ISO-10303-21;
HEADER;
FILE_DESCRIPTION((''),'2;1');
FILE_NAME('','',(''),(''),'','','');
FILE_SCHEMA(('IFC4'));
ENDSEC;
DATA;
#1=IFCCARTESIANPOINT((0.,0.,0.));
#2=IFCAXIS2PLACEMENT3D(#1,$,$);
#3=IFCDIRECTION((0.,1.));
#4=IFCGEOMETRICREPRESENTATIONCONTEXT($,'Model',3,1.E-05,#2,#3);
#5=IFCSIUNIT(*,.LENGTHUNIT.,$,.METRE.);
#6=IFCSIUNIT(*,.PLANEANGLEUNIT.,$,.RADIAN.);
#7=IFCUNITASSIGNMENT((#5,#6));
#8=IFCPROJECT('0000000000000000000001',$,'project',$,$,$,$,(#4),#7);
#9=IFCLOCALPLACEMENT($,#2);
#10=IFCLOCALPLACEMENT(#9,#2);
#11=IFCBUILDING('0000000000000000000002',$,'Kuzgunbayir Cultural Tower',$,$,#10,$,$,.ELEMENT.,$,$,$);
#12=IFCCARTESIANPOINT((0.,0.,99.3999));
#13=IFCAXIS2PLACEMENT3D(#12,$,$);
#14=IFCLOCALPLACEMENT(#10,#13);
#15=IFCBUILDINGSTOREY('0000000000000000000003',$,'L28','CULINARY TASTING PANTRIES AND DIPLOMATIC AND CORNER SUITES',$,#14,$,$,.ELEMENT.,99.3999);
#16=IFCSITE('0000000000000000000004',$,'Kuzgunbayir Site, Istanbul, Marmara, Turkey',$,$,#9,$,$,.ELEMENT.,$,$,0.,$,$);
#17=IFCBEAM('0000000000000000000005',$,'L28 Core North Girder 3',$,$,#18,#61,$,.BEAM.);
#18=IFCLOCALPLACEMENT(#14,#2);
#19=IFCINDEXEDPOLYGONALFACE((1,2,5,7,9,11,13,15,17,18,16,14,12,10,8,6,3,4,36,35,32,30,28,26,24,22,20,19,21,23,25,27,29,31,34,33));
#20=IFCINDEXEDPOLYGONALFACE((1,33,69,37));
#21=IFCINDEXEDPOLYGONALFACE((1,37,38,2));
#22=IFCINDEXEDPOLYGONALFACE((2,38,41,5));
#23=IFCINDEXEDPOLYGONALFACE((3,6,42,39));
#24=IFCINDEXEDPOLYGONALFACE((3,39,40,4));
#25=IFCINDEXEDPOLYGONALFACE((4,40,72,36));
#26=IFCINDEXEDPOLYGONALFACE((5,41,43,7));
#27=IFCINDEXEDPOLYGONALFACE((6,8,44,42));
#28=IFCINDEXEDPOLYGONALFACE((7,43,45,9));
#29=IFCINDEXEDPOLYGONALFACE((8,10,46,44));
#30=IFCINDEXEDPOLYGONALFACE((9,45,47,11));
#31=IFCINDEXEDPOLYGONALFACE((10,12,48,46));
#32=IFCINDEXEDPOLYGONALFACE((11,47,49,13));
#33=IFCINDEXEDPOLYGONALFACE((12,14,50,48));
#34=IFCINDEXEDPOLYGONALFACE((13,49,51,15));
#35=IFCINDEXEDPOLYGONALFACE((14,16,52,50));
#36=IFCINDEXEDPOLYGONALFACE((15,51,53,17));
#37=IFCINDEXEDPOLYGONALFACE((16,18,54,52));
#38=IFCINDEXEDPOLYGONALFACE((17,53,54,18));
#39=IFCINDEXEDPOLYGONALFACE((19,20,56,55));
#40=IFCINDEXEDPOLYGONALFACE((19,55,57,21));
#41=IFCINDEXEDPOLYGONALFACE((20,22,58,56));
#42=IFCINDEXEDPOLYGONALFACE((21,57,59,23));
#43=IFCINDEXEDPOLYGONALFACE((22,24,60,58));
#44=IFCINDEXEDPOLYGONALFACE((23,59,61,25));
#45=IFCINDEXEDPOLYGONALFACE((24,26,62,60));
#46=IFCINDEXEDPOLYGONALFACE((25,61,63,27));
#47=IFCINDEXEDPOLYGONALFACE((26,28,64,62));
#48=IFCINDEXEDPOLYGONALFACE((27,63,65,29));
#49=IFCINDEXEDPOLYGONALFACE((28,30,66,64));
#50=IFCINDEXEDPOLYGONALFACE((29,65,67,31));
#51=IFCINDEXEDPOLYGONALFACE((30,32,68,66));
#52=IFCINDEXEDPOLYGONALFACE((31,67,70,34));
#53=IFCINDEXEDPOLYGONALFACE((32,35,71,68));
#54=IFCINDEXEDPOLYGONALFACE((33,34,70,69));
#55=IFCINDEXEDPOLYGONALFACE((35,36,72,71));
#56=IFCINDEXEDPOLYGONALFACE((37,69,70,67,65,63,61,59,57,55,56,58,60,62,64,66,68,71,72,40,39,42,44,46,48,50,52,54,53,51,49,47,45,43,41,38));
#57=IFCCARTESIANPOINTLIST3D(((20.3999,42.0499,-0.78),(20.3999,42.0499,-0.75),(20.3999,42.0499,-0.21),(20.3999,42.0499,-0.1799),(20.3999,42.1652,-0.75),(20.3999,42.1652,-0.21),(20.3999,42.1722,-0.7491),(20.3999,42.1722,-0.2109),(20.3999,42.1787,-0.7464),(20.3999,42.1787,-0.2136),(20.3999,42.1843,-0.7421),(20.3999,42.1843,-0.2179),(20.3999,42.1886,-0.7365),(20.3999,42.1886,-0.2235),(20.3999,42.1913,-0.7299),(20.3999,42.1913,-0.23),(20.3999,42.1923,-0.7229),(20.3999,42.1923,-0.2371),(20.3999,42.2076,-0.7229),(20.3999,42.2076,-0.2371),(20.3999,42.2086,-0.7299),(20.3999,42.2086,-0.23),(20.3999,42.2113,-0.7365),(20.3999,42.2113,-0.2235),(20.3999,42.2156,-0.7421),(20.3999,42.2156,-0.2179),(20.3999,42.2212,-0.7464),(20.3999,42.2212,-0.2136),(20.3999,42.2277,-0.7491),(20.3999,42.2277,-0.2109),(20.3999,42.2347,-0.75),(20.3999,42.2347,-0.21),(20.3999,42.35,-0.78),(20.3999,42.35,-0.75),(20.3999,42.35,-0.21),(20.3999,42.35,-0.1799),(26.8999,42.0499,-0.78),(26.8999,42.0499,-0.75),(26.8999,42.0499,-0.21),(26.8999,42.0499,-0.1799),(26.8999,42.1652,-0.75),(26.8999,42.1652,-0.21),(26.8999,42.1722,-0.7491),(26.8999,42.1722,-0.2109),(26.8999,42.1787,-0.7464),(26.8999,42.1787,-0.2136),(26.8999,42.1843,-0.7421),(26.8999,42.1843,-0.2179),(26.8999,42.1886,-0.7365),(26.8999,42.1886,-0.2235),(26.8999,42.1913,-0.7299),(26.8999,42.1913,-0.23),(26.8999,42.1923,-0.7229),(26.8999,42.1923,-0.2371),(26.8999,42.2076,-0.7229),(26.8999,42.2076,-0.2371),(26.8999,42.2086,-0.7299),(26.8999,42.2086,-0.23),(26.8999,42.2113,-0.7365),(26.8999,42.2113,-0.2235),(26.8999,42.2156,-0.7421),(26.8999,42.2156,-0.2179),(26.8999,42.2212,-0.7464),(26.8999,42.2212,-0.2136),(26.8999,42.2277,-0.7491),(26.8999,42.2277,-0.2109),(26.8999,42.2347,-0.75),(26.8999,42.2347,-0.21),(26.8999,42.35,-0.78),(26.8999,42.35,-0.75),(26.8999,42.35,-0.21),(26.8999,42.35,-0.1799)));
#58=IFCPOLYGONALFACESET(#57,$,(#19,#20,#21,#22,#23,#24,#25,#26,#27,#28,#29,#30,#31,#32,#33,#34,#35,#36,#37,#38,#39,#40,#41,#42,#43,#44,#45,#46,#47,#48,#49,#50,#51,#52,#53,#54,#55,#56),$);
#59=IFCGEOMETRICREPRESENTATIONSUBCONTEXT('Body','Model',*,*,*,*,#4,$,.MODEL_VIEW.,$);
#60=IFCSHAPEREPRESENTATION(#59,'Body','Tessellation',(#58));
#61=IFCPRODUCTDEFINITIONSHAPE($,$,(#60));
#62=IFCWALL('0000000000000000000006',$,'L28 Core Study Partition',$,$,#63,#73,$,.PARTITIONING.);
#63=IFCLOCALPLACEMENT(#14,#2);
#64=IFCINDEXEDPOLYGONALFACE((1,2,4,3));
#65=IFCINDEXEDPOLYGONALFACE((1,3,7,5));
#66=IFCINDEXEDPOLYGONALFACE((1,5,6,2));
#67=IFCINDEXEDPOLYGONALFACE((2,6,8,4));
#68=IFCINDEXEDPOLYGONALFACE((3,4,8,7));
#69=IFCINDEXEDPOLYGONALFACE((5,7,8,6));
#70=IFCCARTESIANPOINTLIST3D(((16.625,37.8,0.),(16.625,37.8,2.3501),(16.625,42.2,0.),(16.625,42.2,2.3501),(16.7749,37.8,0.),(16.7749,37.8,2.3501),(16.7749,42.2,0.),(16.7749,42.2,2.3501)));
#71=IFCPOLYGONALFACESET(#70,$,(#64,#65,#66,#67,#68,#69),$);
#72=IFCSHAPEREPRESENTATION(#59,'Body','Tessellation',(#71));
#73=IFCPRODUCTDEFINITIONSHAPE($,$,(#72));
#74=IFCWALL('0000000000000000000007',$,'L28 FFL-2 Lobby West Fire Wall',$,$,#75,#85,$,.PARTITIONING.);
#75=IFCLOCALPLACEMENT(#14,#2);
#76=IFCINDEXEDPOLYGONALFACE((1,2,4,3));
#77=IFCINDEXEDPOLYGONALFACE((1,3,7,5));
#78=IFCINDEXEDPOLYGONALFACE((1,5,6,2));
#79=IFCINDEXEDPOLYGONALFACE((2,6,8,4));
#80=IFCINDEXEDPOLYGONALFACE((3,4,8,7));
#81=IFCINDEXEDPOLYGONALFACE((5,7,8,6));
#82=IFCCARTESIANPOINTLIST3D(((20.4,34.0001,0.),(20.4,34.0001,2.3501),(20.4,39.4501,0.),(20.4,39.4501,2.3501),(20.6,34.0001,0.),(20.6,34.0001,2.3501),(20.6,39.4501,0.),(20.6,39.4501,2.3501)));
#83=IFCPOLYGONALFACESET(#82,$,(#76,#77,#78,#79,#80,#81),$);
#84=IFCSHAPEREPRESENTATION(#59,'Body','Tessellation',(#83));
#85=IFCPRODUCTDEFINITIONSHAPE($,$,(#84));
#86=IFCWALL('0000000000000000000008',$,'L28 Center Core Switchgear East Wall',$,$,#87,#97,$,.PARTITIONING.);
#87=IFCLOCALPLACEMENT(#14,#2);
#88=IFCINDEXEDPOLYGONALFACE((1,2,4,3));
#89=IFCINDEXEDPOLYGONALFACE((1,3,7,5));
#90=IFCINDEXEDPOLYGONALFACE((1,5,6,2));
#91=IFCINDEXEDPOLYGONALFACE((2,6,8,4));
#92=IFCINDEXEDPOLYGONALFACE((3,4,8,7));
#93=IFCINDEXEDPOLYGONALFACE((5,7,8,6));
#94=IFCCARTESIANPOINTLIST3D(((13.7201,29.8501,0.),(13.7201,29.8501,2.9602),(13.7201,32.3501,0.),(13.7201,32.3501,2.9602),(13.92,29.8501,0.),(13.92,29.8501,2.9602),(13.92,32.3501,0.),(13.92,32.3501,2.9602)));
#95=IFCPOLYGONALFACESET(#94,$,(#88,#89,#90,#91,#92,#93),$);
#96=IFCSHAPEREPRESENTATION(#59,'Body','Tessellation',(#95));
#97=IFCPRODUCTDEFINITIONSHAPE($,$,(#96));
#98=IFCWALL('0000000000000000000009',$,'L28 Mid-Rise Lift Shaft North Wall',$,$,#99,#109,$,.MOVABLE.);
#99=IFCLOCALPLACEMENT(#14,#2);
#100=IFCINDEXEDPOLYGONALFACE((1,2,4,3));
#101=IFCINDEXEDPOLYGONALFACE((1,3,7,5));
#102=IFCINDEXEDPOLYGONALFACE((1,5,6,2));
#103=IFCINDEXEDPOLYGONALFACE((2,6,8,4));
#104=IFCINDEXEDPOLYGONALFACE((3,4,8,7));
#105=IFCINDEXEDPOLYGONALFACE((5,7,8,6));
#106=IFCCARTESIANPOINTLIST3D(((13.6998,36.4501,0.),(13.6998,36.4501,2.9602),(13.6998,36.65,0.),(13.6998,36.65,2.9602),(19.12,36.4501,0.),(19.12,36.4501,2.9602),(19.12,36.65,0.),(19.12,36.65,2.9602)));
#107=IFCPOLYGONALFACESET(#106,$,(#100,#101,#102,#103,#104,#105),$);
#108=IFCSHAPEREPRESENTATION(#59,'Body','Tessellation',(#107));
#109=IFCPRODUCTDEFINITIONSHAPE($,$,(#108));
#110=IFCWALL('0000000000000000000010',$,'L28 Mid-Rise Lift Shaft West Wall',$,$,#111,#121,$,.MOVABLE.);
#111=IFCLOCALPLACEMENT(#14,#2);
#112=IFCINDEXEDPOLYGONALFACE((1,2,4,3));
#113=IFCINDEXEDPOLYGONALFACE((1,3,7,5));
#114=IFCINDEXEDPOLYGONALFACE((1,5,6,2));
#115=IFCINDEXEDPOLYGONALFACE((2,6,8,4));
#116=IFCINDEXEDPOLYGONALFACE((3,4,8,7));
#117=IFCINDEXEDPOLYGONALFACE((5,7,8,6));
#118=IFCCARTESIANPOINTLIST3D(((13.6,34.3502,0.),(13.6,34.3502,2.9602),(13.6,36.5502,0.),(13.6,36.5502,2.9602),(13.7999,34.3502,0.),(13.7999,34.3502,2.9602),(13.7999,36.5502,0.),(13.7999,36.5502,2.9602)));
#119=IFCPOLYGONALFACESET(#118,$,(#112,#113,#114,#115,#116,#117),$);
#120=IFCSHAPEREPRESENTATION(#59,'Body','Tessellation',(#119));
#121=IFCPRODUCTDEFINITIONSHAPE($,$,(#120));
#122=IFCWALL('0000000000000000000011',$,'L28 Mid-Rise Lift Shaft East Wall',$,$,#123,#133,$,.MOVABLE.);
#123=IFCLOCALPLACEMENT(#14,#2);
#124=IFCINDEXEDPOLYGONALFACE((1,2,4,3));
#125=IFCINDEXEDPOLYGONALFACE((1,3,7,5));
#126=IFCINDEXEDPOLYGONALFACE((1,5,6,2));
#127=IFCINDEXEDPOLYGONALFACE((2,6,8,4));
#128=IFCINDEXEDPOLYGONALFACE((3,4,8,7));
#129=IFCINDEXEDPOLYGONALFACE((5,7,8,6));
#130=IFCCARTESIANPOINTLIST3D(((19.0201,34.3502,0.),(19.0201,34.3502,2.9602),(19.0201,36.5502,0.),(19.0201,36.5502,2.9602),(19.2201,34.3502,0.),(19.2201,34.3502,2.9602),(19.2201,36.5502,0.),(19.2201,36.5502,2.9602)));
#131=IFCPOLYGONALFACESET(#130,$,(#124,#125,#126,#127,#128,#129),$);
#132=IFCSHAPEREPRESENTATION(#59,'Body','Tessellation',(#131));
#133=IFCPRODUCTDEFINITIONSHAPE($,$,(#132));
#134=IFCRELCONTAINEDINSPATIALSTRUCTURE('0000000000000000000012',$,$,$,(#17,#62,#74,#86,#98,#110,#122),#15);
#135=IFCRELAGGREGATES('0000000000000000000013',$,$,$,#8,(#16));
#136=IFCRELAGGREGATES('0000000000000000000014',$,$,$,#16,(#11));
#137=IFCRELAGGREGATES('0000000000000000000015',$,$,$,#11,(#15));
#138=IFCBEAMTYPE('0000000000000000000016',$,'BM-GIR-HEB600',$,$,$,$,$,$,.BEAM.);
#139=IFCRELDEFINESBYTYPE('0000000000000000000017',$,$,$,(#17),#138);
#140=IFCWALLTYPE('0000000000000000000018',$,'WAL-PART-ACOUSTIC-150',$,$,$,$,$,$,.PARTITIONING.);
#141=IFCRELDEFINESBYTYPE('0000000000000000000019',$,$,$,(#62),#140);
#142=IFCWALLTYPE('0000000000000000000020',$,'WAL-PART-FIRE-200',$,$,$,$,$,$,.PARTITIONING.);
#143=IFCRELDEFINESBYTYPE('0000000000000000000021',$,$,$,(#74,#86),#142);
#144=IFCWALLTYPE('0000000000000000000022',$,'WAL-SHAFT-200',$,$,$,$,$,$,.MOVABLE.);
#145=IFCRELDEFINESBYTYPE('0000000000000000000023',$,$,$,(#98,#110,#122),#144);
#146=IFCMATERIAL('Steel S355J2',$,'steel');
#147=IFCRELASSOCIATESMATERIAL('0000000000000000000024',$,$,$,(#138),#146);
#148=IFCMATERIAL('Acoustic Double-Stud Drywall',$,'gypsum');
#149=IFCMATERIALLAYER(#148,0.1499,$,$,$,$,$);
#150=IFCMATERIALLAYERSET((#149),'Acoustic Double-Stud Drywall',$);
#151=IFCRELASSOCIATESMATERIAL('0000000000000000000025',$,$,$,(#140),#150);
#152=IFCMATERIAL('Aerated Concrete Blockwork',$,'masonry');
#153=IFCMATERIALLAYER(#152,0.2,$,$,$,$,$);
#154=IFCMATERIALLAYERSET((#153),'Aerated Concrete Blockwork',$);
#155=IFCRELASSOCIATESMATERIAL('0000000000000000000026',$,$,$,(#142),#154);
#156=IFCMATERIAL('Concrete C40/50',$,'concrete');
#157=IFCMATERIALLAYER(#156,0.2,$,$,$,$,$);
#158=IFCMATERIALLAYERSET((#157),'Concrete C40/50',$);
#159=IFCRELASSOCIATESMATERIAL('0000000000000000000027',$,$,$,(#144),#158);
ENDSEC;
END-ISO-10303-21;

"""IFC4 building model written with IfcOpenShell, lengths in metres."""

from ifc_helpers import new_model, si_unit, direction, frame, frame_2d, origin, origin_2d, place, context, subcontext, project, spatial, rectangle, i_section, extrude, material, layer, layer_set, material_profile, profile_set, type_object, element, save


model = new_model("IFC4")

# Units and contexts
model_context = context("Model", 3, precision=1e-05, world=origin(), true_north=direction((0.0, 1.0)))
body_context = subcontext(model_context, "Body", "Model", "MODEL_VIEW")
ifc_project = project(units=[si_unit("LENGTHUNIT", "METRE"), si_unit("PLANEANGLEUNIT", "RADIAN")], contexts=[model_context])

# Site, building, storey
site_placement = place(None, origin())
site = spatial("IfcSite", under=ifc_project, at=site_placement, Name="Kuzgunbayir Site, Istanbul, Marmara, Turkey", CompositionType="ELEMENT", RefElevation=0.0)
building_placement = place(site_placement, origin())
building = spatial("IfcBuilding", under=site, at=building_placement, Name="Kuzgunbayir Cultural Tower", CompositionType="ELEMENT")
storey_placement = place(building_placement, frame((0.0, 0.0, 99.3999)))
storey = spatial("IfcBuildingStorey", under=building, at=storey_placement, Name="L28", Description="CULINARY TASTING PANTRIES AND DIPLOMATIC AND CORNER SUITES", CompositionType="ELEMENT", Elevation=99.3999)

# Beam
ifc_material_1 = material(Name="Steel S355J2", Category="steel")
ifc_material_profile_1 = material_profile(ifc_material_1, i_section(OverallWidth=0.3, OverallDepth=0.6001, WebThickness=0.0154, FlangeThickness=0.03, FilletRadius=0.0271, at=origin_2d()), Name="HEB 600")
ifc_profile_set_1 = profile_set([ifc_material_profile_1], Name="Steel S355J2")
beam_type = type_object("IfcBeamType", Name="BM-GIR-HEB600", PredefinedType="BEAM", material=ifc_profile_set_1)
beam_1_placement = place(storey_placement, frame((20.3999, 42.2, -0.48), z_axis=(1.0, 0.0, 0.0), x_axis=(0.0, 1.0, 0.0)))
element("IfcBeam", 1, at=beam_1_placement, inside=storey, type_object=beam_type, Name="L28 Core North Girder 3", PredefinedType="BEAM", context=body_context, shape_type="SweptSolid", body=[
    extrude(i_section(OverallWidth=0.3, OverallDepth=0.6001, WebThickness=0.0154, FlangeThickness=0.03, FilletRadius=0.0271, at=origin_2d()), origin(), (0.0, 0.0, 1.0), 6.5),
])

# Shared definitions
ifc_material_2 = material(Name="Acoustic Double-Stud Drywall", Category="gypsum")
ifc_layer_1 = layer(ifc_material_2, 0.1499)
ifc_layer_set_1 = layer_set([ifc_layer_1], Name="Acoustic Double-Stud Drywall")
wall_type_1 = type_object("IfcWallType", Name="WAL-PART-ACOUSTIC-150", PredefinedType="PARTITIONING", material=ifc_layer_set_1)

# Walls
wall_1_placement = place(storey_placement, frame((16.7, 37.8, 0.0), z_axis=(0.0, 0.0, 1.0), x_axis=(0.0, 1.0, 0.0)))
element("IfcWall", 2, at=wall_1_placement, inside=storey, type_object=wall_type_1, Name="L28 Core Study Partition", PredefinedType="PARTITIONING", context=body_context, shape_type="SweptSolid", body=[
    extrude(rectangle(XDim=4.3999, YDim=0.1499, at=frame_2d((2.2, 0.0))), origin(), (0.0, 0.0, 1.0), 2.3501),
])
ifc_material_3 = material(Name="Aerated Concrete Blockwork", Category="masonry")
ifc_layer_2 = layer(ifc_material_3, 0.2)
ifc_layer_set_2 = layer_set([ifc_layer_2], Name="Aerated Concrete Blockwork")
wall_type_2 = type_object("IfcWallType", Name="WAL-PART-FIRE-200", PredefinedType="PARTITIONING", material=ifc_layer_set_2)
wall_2_placement = place(storey_placement, frame((20.5, 34.0, 0.0), z_axis=(0.0, 0.0, 1.0), x_axis=(0.0, 1.0, 0.0)))
element("IfcWall", 3, at=wall_2_placement, inside=storey, type_object=wall_type_2, Name="L28 FFL-2 Lobby West Fire Wall", PredefinedType="PARTITIONING", context=body_context, shape_type="SweptSolid", body=[
    extrude(rectangle(XDim=5.45, YDim=0.2, at=frame_2d((2.7251, 0.0))), origin(), (0.0, 0.0, 1.0), 2.3501),
])

# Wall
wall_3_placement = place(storey_placement, frame((13.8201, 29.8501, 0.0), z_axis=(0.0, 0.0, 1.0), x_axis=(0.0, 1.0, 0.0)))
element("IfcWall", 4, at=wall_3_placement, inside=storey, type_object=wall_type_2, Name="L28 Center Core Switchgear East Wall", PredefinedType="PARTITIONING", context=body_context, shape_type="SweptSolid", body=[
    extrude(rectangle(XDim=2.5, YDim=0.2, at=frame_2d((1.25, 0.0))), origin(), (0.0, 0.0, 1.0), 2.9602),
])

# Shared definitions
ifc_material_4 = material(Name="Concrete C40/50", Category="concrete")
ifc_layer_3 = layer(ifc_material_4, 0.2)
ifc_layer_set_3 = layer_set([ifc_layer_3], Name="Concrete C40/50")
wall_type_3 = type_object("IfcWallType", Name="WAL-SHAFT-200", PredefinedType="MOVABLE", material=ifc_layer_set_3)

# Walls
wall_4_placement = place(storey_placement, frame((13.7, 36.55, 0.0), z_axis=(0.0, 0.0, 1.0), x_axis=(1.0, 0.0, 0.0)))
element("IfcWall", 5, at=wall_4_placement, inside=storey, type_object=wall_type_3, Name="L28 Mid-Rise Lift Shaft North Wall", PredefinedType="MOVABLE", context=body_context, shape_type="SweptSolid", body=[
    extrude(rectangle(XDim=5.4202, YDim=0.2, at=frame_2d((2.71, 0.0))), origin(), (0.0, 0.0, 1.0), 2.9602),
])
for number, where, z_axis, x_axis, name in (
    (6, (13.7, 34.3501, 0.0), (0.0, 0.0, 1.0), (0.0, 1.0, 0.0), "L28 Mid-Rise Lift Shaft West Wall"),
    (7, (19.1201, 34.3501, 0.0), (0.0, 0.0, 1.0), (0.0, 1.0, 0.0), "L28 Mid-Rise Lift Shaft East Wall"),
):
    element("IfcWall", number, at=place(storey_placement, frame(where, z_axis=z_axis, x_axis=x_axis)), inside=storey, type_object=wall_type_3, Name=name, PredefinedType="MOVABLE", context=body_context, shape_type="SweptSolid", body=[
        extrude(rectangle(XDim=2.2, YDim=0.2, at=frame_2d((1.1001, 0.0))), origin(), (0.0, 0.0, 1.0), 2.9602),
    ])

save(model, "model.ifc")
